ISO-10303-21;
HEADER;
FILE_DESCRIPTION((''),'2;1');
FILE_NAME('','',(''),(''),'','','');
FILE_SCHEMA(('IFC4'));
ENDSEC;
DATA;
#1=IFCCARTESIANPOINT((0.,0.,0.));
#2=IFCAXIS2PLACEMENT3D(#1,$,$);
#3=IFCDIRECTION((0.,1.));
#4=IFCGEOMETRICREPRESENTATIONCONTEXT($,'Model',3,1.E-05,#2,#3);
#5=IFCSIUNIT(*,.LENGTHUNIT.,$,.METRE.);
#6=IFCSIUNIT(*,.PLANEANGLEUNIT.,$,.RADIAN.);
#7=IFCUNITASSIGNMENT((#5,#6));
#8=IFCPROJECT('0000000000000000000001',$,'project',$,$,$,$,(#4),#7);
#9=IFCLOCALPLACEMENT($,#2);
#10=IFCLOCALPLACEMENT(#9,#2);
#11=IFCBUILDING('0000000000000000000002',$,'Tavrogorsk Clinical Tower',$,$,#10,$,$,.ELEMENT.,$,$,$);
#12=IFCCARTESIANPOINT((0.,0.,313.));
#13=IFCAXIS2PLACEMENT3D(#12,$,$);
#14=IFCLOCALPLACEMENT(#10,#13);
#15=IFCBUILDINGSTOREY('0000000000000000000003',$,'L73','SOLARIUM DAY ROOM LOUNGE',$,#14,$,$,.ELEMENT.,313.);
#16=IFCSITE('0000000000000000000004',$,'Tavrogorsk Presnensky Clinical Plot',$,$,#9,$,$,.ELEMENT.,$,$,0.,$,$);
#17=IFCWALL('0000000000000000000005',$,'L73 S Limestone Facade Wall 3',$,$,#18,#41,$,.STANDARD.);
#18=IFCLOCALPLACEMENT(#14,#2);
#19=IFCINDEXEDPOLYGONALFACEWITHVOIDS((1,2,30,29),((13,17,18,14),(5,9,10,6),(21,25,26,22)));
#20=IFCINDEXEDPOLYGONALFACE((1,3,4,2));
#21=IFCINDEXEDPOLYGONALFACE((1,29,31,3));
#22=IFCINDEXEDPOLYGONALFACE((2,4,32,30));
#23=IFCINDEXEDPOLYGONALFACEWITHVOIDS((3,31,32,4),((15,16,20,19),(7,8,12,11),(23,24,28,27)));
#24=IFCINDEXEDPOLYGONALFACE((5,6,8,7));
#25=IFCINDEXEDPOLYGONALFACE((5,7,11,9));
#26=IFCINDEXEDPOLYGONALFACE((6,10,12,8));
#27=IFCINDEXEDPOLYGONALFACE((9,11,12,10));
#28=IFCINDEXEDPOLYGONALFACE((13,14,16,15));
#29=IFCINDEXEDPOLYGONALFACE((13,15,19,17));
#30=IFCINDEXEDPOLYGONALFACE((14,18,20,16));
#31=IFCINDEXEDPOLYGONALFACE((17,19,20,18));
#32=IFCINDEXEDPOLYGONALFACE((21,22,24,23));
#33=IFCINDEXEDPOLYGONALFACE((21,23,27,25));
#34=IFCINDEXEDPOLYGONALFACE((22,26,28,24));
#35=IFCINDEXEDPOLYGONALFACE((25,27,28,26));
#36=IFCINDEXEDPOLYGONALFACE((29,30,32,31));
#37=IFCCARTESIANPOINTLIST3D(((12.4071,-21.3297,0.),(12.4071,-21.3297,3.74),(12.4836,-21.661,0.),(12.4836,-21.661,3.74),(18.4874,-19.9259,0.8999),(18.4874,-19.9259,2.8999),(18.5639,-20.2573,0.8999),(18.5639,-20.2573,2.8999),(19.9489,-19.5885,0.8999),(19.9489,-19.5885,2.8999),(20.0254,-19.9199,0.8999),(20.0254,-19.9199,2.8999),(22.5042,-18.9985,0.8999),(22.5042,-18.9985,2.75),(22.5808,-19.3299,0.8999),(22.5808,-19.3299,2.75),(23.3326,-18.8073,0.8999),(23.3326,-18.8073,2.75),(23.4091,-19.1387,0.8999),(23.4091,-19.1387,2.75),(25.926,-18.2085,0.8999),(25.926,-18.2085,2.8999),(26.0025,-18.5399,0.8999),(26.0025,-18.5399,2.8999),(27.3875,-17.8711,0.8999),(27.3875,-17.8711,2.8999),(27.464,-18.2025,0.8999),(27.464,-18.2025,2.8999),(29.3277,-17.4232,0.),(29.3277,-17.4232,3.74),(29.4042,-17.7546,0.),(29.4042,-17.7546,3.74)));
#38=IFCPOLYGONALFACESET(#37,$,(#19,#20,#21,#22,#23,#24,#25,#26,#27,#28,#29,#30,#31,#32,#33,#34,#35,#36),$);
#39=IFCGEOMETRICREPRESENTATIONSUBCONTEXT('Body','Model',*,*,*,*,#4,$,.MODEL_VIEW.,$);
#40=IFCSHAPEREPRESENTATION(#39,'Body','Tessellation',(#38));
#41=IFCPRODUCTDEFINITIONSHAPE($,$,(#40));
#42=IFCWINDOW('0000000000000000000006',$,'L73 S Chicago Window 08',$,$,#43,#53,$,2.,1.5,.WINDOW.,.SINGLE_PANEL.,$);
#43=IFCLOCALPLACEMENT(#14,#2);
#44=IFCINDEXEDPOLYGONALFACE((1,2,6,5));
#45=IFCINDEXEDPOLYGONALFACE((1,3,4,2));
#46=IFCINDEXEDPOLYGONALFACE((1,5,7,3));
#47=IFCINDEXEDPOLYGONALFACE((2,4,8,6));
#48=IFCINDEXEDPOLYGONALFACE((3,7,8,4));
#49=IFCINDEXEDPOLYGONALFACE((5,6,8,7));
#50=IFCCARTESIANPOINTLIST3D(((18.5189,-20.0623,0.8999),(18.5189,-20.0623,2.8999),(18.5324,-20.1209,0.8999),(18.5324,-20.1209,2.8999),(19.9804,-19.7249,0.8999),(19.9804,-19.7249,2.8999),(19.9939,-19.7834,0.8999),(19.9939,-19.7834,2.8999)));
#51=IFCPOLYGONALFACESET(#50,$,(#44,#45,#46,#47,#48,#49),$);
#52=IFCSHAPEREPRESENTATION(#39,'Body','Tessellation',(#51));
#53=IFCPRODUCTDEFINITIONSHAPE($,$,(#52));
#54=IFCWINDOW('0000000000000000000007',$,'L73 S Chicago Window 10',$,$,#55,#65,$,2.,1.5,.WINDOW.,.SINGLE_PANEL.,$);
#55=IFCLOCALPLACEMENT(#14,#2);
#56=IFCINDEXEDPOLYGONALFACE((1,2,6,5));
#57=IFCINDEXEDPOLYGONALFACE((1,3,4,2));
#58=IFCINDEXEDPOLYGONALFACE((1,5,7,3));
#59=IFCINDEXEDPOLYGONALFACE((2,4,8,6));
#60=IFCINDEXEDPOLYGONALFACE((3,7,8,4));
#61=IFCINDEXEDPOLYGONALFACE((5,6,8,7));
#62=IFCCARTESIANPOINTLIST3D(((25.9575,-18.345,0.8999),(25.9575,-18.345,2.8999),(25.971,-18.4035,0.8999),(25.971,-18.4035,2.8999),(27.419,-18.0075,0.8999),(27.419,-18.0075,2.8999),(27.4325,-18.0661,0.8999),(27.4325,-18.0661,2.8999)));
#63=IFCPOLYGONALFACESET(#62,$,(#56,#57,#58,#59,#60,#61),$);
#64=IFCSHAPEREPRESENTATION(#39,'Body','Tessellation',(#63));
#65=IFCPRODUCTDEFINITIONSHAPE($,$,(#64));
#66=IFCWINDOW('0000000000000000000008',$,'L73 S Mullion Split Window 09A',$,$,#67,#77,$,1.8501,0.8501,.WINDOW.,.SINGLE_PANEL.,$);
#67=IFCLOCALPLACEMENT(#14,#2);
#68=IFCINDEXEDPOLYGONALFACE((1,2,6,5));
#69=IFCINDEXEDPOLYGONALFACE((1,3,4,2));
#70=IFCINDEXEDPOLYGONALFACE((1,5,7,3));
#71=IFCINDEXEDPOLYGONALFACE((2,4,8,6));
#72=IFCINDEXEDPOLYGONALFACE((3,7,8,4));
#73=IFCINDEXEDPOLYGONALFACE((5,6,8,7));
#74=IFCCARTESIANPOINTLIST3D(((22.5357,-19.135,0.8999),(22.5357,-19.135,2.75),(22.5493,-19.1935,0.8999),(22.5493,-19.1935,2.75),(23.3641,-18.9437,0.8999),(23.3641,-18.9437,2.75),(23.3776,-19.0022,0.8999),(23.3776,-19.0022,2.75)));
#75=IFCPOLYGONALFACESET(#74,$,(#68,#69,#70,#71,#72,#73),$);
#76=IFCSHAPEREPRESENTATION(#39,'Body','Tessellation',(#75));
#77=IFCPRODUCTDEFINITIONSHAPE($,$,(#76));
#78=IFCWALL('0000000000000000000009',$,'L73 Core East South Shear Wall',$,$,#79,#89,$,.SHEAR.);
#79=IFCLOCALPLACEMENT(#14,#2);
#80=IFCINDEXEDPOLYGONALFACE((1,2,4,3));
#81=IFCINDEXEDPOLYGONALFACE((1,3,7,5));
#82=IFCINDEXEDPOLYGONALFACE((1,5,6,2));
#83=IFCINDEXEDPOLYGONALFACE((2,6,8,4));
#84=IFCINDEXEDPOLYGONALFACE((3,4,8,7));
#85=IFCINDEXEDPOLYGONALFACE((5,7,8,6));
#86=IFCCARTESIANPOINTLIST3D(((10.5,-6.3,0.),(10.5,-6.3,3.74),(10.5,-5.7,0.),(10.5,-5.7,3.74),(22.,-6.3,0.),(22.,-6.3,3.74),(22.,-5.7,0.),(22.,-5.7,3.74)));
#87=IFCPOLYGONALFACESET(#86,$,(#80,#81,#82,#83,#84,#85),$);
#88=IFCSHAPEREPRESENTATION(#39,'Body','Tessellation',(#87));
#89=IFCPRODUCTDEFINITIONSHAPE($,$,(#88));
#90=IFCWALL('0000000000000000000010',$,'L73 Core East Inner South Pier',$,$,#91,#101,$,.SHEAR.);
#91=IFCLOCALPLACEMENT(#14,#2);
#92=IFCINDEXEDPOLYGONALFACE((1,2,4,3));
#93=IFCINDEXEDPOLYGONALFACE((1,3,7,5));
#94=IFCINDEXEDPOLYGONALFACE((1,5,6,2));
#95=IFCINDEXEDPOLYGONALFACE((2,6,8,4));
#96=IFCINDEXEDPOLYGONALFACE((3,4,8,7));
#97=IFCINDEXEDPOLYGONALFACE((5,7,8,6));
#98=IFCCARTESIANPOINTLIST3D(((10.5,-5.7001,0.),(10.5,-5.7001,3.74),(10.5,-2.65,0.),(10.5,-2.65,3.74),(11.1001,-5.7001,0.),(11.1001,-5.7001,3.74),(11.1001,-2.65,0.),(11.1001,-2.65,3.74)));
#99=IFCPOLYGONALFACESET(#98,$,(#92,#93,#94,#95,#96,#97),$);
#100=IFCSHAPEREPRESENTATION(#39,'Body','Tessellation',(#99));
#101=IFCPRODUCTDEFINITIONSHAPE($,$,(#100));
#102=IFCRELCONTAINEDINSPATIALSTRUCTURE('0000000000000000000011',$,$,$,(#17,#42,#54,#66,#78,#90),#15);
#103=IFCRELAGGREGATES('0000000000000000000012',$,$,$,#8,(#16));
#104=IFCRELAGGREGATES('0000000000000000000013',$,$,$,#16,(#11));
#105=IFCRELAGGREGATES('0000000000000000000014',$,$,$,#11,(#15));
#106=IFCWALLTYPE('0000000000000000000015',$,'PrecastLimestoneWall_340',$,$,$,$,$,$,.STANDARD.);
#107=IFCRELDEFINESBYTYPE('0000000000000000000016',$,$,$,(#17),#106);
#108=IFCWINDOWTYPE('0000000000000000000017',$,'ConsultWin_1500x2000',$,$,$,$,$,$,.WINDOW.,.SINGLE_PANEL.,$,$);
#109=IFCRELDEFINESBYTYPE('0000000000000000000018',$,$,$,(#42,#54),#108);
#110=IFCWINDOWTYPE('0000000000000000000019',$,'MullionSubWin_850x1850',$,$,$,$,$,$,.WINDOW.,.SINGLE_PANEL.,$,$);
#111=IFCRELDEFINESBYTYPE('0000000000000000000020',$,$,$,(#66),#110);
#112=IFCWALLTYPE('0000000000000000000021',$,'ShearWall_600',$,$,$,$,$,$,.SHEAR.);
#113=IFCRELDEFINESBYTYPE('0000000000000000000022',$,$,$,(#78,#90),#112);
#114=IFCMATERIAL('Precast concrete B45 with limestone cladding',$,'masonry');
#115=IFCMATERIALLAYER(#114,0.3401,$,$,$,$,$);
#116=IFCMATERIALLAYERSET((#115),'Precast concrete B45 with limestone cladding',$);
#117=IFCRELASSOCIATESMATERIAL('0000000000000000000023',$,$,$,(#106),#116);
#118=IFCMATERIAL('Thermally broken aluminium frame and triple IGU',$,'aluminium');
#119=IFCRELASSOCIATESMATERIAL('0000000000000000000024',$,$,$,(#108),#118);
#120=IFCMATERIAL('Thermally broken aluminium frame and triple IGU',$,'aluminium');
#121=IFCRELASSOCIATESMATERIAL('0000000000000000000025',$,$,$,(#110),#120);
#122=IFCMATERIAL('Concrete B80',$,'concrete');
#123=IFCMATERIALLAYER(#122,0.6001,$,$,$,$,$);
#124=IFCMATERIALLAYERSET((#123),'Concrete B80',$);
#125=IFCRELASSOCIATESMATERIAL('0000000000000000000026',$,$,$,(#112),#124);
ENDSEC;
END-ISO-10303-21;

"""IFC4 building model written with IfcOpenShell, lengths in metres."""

from ifc_helpers import new_model, si_unit, direction, frame, frame_2d, origin, place, context, subcontext, project, spatial, rectangle, extrude, material, layer, layer_set, type_object, element, fill, save


model = new_model("IFC4")

# Units and contexts
model_context = context("Model", 3, precision=1e-05, world=origin(), true_north=direction((0.0, 1.0)))
body_context = subcontext(model_context, "Body", "Model", "MODEL_VIEW")
ifc_project = project(units=[si_unit("LENGTHUNIT", "METRE"), si_unit("PLANEANGLEUNIT", "RADIAN")], contexts=[model_context])

# Site, building, storey
site_placement = place(None, origin())
site = spatial("IfcSite", under=ifc_project, at=site_placement, Name="Tavrogorsk Presnensky Clinical Plot", CompositionType="ELEMENT", RefElevation=0.0)
building_placement = place(site_placement, origin())
building = spatial("IfcBuilding", under=site, at=building_placement, Name="Tavrogorsk Clinical Tower", CompositionType="ELEMENT")
storey_placement = place(building_placement, frame((0.0, 0.0, 313.0)))
storey = spatial("IfcBuildingStorey", under=building, at=storey_placement, Name="L73", Description="SOLARIUM DAY ROOM LOUNGE", CompositionType="ELEMENT", Elevation=313.0)

# Wall, openings, windows
ifc_material_1 = material(Name="Precast concrete B45 with limestone cladding", Category="masonry")
ifc_layer_1 = layer(ifc_material_1, 0.3401)
ifc_layer_set_1 = layer_set([ifc_layer_1], Name="Precast concrete B45 with limestone cladding")
wall_type_1 = type_object("IfcWallType", Name="PrecastLimestoneWall_340", PredefinedType="STANDARD", material=ifc_layer_set_1)
wall_1_placement = place(storey_placement, frame((12.4453, -21.4954, 0.0), z_axis=(0.0, 0.0, 1.0), x_axis=(0.974369, 0.224954, 0.0)))
wall_1 = element("IfcWall", 1, at=wall_1_placement, inside=storey, type_object=wall_type_1, Name="L73 S Limestone Facade Wall 3", PredefinedType="STANDARD", context=body_context, shape_type="SweptSolid", body=[
    extrude(rectangle(XDim=17.3657, YDim=0.3401, at=frame_2d((8.6829, 0.0))), origin(), (0.0, 0.0, 1.0), 3.74),
])
opening_1_placement = place(wall_1_placement, frame((6.2402, 0.0, 0.8999)))
opening_1 = element("IfcOpeningElement", 2, at=opening_1_placement, cuts=wall_1, PredefinedType="OPENING", context=body_context, shape_type="SweptSolid", body=[
    extrude(rectangle(XDim=1.5, YDim=2.0, at=frame_2d((0.75, 1.0))), frame((0.0, 0.1799, 0.0), z_axis=(0.0, -1.0, 0.0), x_axis=(1.0, 0.0, 0.0)), (0.0, 0.0, 1.0), 0.3601),
])
opening_2_placement = place(wall_1_placement, frame((10.3628, 0.0, 0.8999)))
opening_2 = element("IfcOpeningElement", 3, at=opening_2_placement, cuts=wall_1, PredefinedType="OPENING", context=body_context, shape_type="SweptSolid", body=[
    extrude(rectangle(XDim=0.8501, YDim=1.8501, at=frame_2d((0.425, 0.925))), frame((0.0, 0.1799, 0.0), z_axis=(0.0, -1.0, 0.0), x_axis=(1.0, 0.0, 0.0)), (0.0, 0.0, 1.0), 0.3601),
])
opening_3_placement = place(wall_1_placement, frame((13.8745, 0.0, 0.8999)))
opening_3 = element("IfcOpeningElement", 4, at=opening_3_placement, cuts=wall_1, PredefinedType="OPENING", context=body_context, shape_type="SweptSolid", body=[
    extrude(rectangle(XDim=1.5, YDim=2.0, at=frame_2d((0.75, 1.0))), frame((0.0, 0.1799, 0.0), z_axis=(0.0, -1.0, 0.0), x_axis=(1.0, 0.0, 0.0)), (0.0, 0.0, 1.0), 0.3601),
])
ifc_material_2 = material(Name="Thermally broken aluminium frame and triple IGU", Category="aluminium")
window_type_1 = type_object("IfcWindowType", Name="ConsultWin_1500x2000", PartitioningType="SINGLE_PANEL", PredefinedType="WINDOW", material=ifc_material_2)
window_1_placement = place(opening_1_placement, origin())
window_1 = element("IfcWindow", 5, at=window_1_placement, inside=storey, type_object=window_type_1, Name="L73 S Chicago Window 08", OverallHeight=2.0, OverallWidth=1.5, PartitioningType="SINGLE_PANEL", PredefinedType="WINDOW", context=body_context, shape_type="SweptSolid", body=[
    extrude(rectangle(XDim=1.5, YDim=2.0, at=frame_2d((0.75, 1.0))), frame((0.0, 0.03, 0.0), z_axis=(0.0, -1.0, 0.0), x_axis=(1.0, 0.0, 0.0)), (0.0, 0.0, 1.0), 0.0601),
])
fill(opening_1, window_1)
window_2_placement = place(opening_3_placement, origin())
window_2 = element("IfcWindow", 6, at=window_2_placement, inside=storey, type_object=window_type_1, Name="L73 S Chicago Window 10", OverallHeight=2.0, OverallWidth=1.5, PartitioningType="SINGLE_PANEL", PredefinedType="WINDOW", context=body_context, shape_type="SweptSolid", body=[
    extrude(rectangle(XDim=1.5, YDim=2.0, at=frame_2d((0.75, 1.0))), frame((0.0, 0.03, 0.0), z_axis=(0.0, -1.0, 0.0), x_axis=(1.0, 0.0, 0.0)), (0.0, 0.0, 1.0), 0.0601),
])
fill(opening_3, window_2)
ifc_material_3 = material(Name="Thermally broken aluminium frame and triple IGU", Category="aluminium")
window_type_2 = type_object("IfcWindowType", Name="MullionSubWin_850x1850", PartitioningType="SINGLE_PANEL", PredefinedType="WINDOW", material=ifc_material_3)
window_3_placement = place(opening_2_placement, origin())
window_3 = element("IfcWindow", 7, at=window_3_placement, inside=storey, type_object=window_type_2, Name="L73 S Mullion Split Window 09A", OverallHeight=1.8501, OverallWidth=0.8501, PartitioningType="SINGLE_PANEL", PredefinedType="WINDOW", context=body_context, shape_type="SweptSolid", body=[
    extrude(rectangle(XDim=0.8501, YDim=1.8501, at=frame_2d((0.425, 0.925))), frame((0.0, 0.03, 0.0), z_axis=(0.0, -1.0, 0.0), x_axis=(1.0, 0.0, 0.0)), (0.0, 0.0, 1.0), 0.0601),
])
fill(opening_2, window_3)

# Walls
ifc_material_4 = material(Name="Concrete B80", Category="concrete")
ifc_layer_2 = layer(ifc_material_4, 0.6001)
ifc_layer_set_2 = layer_set([ifc_layer_2], Name="Concrete B80")
wall_type_2 = type_object("IfcWallType", Name="ShearWall_600", PredefinedType="SHEAR", material=ifc_layer_set_2)
wall_2_placement = place(storey_placement, frame((10.5, -6.0, 0.0), z_axis=(0.0, 0.0, 1.0), x_axis=(1.0, 0.0, 0.0)))
element("IfcWall", 8, at=wall_2_placement, inside=storey, type_object=wall_type_2, Name="L73 Core East South Shear Wall", PredefinedType="SHEAR", context=body_context, shape_type="SweptSolid", body=[
    extrude(rectangle(XDim=11.5, YDim=0.6001, at=frame_2d((5.75, 0.0))), origin(), (0.0, 0.0, 1.0), 3.74),
])
wall_3_placement = place(storey_placement, frame((10.8, -5.7, 0.0), z_axis=(0.0, 0.0, 1.0), x_axis=(0.0, 1.0, 0.0)))
element("IfcWall", 9, at=wall_3_placement, inside=storey, type_object=wall_type_2, Name="L73 Core East Inner South Pier", PredefinedType="SHEAR", context=body_context, shape_type="SweptSolid", body=[
    extrude(rectangle(XDim=3.05, YDim=0.6001, at=frame_2d((1.5249, 0.0))), origin(), (0.0, 0.0, 1.0), 3.74),
])

save(model, "model.ifc")
